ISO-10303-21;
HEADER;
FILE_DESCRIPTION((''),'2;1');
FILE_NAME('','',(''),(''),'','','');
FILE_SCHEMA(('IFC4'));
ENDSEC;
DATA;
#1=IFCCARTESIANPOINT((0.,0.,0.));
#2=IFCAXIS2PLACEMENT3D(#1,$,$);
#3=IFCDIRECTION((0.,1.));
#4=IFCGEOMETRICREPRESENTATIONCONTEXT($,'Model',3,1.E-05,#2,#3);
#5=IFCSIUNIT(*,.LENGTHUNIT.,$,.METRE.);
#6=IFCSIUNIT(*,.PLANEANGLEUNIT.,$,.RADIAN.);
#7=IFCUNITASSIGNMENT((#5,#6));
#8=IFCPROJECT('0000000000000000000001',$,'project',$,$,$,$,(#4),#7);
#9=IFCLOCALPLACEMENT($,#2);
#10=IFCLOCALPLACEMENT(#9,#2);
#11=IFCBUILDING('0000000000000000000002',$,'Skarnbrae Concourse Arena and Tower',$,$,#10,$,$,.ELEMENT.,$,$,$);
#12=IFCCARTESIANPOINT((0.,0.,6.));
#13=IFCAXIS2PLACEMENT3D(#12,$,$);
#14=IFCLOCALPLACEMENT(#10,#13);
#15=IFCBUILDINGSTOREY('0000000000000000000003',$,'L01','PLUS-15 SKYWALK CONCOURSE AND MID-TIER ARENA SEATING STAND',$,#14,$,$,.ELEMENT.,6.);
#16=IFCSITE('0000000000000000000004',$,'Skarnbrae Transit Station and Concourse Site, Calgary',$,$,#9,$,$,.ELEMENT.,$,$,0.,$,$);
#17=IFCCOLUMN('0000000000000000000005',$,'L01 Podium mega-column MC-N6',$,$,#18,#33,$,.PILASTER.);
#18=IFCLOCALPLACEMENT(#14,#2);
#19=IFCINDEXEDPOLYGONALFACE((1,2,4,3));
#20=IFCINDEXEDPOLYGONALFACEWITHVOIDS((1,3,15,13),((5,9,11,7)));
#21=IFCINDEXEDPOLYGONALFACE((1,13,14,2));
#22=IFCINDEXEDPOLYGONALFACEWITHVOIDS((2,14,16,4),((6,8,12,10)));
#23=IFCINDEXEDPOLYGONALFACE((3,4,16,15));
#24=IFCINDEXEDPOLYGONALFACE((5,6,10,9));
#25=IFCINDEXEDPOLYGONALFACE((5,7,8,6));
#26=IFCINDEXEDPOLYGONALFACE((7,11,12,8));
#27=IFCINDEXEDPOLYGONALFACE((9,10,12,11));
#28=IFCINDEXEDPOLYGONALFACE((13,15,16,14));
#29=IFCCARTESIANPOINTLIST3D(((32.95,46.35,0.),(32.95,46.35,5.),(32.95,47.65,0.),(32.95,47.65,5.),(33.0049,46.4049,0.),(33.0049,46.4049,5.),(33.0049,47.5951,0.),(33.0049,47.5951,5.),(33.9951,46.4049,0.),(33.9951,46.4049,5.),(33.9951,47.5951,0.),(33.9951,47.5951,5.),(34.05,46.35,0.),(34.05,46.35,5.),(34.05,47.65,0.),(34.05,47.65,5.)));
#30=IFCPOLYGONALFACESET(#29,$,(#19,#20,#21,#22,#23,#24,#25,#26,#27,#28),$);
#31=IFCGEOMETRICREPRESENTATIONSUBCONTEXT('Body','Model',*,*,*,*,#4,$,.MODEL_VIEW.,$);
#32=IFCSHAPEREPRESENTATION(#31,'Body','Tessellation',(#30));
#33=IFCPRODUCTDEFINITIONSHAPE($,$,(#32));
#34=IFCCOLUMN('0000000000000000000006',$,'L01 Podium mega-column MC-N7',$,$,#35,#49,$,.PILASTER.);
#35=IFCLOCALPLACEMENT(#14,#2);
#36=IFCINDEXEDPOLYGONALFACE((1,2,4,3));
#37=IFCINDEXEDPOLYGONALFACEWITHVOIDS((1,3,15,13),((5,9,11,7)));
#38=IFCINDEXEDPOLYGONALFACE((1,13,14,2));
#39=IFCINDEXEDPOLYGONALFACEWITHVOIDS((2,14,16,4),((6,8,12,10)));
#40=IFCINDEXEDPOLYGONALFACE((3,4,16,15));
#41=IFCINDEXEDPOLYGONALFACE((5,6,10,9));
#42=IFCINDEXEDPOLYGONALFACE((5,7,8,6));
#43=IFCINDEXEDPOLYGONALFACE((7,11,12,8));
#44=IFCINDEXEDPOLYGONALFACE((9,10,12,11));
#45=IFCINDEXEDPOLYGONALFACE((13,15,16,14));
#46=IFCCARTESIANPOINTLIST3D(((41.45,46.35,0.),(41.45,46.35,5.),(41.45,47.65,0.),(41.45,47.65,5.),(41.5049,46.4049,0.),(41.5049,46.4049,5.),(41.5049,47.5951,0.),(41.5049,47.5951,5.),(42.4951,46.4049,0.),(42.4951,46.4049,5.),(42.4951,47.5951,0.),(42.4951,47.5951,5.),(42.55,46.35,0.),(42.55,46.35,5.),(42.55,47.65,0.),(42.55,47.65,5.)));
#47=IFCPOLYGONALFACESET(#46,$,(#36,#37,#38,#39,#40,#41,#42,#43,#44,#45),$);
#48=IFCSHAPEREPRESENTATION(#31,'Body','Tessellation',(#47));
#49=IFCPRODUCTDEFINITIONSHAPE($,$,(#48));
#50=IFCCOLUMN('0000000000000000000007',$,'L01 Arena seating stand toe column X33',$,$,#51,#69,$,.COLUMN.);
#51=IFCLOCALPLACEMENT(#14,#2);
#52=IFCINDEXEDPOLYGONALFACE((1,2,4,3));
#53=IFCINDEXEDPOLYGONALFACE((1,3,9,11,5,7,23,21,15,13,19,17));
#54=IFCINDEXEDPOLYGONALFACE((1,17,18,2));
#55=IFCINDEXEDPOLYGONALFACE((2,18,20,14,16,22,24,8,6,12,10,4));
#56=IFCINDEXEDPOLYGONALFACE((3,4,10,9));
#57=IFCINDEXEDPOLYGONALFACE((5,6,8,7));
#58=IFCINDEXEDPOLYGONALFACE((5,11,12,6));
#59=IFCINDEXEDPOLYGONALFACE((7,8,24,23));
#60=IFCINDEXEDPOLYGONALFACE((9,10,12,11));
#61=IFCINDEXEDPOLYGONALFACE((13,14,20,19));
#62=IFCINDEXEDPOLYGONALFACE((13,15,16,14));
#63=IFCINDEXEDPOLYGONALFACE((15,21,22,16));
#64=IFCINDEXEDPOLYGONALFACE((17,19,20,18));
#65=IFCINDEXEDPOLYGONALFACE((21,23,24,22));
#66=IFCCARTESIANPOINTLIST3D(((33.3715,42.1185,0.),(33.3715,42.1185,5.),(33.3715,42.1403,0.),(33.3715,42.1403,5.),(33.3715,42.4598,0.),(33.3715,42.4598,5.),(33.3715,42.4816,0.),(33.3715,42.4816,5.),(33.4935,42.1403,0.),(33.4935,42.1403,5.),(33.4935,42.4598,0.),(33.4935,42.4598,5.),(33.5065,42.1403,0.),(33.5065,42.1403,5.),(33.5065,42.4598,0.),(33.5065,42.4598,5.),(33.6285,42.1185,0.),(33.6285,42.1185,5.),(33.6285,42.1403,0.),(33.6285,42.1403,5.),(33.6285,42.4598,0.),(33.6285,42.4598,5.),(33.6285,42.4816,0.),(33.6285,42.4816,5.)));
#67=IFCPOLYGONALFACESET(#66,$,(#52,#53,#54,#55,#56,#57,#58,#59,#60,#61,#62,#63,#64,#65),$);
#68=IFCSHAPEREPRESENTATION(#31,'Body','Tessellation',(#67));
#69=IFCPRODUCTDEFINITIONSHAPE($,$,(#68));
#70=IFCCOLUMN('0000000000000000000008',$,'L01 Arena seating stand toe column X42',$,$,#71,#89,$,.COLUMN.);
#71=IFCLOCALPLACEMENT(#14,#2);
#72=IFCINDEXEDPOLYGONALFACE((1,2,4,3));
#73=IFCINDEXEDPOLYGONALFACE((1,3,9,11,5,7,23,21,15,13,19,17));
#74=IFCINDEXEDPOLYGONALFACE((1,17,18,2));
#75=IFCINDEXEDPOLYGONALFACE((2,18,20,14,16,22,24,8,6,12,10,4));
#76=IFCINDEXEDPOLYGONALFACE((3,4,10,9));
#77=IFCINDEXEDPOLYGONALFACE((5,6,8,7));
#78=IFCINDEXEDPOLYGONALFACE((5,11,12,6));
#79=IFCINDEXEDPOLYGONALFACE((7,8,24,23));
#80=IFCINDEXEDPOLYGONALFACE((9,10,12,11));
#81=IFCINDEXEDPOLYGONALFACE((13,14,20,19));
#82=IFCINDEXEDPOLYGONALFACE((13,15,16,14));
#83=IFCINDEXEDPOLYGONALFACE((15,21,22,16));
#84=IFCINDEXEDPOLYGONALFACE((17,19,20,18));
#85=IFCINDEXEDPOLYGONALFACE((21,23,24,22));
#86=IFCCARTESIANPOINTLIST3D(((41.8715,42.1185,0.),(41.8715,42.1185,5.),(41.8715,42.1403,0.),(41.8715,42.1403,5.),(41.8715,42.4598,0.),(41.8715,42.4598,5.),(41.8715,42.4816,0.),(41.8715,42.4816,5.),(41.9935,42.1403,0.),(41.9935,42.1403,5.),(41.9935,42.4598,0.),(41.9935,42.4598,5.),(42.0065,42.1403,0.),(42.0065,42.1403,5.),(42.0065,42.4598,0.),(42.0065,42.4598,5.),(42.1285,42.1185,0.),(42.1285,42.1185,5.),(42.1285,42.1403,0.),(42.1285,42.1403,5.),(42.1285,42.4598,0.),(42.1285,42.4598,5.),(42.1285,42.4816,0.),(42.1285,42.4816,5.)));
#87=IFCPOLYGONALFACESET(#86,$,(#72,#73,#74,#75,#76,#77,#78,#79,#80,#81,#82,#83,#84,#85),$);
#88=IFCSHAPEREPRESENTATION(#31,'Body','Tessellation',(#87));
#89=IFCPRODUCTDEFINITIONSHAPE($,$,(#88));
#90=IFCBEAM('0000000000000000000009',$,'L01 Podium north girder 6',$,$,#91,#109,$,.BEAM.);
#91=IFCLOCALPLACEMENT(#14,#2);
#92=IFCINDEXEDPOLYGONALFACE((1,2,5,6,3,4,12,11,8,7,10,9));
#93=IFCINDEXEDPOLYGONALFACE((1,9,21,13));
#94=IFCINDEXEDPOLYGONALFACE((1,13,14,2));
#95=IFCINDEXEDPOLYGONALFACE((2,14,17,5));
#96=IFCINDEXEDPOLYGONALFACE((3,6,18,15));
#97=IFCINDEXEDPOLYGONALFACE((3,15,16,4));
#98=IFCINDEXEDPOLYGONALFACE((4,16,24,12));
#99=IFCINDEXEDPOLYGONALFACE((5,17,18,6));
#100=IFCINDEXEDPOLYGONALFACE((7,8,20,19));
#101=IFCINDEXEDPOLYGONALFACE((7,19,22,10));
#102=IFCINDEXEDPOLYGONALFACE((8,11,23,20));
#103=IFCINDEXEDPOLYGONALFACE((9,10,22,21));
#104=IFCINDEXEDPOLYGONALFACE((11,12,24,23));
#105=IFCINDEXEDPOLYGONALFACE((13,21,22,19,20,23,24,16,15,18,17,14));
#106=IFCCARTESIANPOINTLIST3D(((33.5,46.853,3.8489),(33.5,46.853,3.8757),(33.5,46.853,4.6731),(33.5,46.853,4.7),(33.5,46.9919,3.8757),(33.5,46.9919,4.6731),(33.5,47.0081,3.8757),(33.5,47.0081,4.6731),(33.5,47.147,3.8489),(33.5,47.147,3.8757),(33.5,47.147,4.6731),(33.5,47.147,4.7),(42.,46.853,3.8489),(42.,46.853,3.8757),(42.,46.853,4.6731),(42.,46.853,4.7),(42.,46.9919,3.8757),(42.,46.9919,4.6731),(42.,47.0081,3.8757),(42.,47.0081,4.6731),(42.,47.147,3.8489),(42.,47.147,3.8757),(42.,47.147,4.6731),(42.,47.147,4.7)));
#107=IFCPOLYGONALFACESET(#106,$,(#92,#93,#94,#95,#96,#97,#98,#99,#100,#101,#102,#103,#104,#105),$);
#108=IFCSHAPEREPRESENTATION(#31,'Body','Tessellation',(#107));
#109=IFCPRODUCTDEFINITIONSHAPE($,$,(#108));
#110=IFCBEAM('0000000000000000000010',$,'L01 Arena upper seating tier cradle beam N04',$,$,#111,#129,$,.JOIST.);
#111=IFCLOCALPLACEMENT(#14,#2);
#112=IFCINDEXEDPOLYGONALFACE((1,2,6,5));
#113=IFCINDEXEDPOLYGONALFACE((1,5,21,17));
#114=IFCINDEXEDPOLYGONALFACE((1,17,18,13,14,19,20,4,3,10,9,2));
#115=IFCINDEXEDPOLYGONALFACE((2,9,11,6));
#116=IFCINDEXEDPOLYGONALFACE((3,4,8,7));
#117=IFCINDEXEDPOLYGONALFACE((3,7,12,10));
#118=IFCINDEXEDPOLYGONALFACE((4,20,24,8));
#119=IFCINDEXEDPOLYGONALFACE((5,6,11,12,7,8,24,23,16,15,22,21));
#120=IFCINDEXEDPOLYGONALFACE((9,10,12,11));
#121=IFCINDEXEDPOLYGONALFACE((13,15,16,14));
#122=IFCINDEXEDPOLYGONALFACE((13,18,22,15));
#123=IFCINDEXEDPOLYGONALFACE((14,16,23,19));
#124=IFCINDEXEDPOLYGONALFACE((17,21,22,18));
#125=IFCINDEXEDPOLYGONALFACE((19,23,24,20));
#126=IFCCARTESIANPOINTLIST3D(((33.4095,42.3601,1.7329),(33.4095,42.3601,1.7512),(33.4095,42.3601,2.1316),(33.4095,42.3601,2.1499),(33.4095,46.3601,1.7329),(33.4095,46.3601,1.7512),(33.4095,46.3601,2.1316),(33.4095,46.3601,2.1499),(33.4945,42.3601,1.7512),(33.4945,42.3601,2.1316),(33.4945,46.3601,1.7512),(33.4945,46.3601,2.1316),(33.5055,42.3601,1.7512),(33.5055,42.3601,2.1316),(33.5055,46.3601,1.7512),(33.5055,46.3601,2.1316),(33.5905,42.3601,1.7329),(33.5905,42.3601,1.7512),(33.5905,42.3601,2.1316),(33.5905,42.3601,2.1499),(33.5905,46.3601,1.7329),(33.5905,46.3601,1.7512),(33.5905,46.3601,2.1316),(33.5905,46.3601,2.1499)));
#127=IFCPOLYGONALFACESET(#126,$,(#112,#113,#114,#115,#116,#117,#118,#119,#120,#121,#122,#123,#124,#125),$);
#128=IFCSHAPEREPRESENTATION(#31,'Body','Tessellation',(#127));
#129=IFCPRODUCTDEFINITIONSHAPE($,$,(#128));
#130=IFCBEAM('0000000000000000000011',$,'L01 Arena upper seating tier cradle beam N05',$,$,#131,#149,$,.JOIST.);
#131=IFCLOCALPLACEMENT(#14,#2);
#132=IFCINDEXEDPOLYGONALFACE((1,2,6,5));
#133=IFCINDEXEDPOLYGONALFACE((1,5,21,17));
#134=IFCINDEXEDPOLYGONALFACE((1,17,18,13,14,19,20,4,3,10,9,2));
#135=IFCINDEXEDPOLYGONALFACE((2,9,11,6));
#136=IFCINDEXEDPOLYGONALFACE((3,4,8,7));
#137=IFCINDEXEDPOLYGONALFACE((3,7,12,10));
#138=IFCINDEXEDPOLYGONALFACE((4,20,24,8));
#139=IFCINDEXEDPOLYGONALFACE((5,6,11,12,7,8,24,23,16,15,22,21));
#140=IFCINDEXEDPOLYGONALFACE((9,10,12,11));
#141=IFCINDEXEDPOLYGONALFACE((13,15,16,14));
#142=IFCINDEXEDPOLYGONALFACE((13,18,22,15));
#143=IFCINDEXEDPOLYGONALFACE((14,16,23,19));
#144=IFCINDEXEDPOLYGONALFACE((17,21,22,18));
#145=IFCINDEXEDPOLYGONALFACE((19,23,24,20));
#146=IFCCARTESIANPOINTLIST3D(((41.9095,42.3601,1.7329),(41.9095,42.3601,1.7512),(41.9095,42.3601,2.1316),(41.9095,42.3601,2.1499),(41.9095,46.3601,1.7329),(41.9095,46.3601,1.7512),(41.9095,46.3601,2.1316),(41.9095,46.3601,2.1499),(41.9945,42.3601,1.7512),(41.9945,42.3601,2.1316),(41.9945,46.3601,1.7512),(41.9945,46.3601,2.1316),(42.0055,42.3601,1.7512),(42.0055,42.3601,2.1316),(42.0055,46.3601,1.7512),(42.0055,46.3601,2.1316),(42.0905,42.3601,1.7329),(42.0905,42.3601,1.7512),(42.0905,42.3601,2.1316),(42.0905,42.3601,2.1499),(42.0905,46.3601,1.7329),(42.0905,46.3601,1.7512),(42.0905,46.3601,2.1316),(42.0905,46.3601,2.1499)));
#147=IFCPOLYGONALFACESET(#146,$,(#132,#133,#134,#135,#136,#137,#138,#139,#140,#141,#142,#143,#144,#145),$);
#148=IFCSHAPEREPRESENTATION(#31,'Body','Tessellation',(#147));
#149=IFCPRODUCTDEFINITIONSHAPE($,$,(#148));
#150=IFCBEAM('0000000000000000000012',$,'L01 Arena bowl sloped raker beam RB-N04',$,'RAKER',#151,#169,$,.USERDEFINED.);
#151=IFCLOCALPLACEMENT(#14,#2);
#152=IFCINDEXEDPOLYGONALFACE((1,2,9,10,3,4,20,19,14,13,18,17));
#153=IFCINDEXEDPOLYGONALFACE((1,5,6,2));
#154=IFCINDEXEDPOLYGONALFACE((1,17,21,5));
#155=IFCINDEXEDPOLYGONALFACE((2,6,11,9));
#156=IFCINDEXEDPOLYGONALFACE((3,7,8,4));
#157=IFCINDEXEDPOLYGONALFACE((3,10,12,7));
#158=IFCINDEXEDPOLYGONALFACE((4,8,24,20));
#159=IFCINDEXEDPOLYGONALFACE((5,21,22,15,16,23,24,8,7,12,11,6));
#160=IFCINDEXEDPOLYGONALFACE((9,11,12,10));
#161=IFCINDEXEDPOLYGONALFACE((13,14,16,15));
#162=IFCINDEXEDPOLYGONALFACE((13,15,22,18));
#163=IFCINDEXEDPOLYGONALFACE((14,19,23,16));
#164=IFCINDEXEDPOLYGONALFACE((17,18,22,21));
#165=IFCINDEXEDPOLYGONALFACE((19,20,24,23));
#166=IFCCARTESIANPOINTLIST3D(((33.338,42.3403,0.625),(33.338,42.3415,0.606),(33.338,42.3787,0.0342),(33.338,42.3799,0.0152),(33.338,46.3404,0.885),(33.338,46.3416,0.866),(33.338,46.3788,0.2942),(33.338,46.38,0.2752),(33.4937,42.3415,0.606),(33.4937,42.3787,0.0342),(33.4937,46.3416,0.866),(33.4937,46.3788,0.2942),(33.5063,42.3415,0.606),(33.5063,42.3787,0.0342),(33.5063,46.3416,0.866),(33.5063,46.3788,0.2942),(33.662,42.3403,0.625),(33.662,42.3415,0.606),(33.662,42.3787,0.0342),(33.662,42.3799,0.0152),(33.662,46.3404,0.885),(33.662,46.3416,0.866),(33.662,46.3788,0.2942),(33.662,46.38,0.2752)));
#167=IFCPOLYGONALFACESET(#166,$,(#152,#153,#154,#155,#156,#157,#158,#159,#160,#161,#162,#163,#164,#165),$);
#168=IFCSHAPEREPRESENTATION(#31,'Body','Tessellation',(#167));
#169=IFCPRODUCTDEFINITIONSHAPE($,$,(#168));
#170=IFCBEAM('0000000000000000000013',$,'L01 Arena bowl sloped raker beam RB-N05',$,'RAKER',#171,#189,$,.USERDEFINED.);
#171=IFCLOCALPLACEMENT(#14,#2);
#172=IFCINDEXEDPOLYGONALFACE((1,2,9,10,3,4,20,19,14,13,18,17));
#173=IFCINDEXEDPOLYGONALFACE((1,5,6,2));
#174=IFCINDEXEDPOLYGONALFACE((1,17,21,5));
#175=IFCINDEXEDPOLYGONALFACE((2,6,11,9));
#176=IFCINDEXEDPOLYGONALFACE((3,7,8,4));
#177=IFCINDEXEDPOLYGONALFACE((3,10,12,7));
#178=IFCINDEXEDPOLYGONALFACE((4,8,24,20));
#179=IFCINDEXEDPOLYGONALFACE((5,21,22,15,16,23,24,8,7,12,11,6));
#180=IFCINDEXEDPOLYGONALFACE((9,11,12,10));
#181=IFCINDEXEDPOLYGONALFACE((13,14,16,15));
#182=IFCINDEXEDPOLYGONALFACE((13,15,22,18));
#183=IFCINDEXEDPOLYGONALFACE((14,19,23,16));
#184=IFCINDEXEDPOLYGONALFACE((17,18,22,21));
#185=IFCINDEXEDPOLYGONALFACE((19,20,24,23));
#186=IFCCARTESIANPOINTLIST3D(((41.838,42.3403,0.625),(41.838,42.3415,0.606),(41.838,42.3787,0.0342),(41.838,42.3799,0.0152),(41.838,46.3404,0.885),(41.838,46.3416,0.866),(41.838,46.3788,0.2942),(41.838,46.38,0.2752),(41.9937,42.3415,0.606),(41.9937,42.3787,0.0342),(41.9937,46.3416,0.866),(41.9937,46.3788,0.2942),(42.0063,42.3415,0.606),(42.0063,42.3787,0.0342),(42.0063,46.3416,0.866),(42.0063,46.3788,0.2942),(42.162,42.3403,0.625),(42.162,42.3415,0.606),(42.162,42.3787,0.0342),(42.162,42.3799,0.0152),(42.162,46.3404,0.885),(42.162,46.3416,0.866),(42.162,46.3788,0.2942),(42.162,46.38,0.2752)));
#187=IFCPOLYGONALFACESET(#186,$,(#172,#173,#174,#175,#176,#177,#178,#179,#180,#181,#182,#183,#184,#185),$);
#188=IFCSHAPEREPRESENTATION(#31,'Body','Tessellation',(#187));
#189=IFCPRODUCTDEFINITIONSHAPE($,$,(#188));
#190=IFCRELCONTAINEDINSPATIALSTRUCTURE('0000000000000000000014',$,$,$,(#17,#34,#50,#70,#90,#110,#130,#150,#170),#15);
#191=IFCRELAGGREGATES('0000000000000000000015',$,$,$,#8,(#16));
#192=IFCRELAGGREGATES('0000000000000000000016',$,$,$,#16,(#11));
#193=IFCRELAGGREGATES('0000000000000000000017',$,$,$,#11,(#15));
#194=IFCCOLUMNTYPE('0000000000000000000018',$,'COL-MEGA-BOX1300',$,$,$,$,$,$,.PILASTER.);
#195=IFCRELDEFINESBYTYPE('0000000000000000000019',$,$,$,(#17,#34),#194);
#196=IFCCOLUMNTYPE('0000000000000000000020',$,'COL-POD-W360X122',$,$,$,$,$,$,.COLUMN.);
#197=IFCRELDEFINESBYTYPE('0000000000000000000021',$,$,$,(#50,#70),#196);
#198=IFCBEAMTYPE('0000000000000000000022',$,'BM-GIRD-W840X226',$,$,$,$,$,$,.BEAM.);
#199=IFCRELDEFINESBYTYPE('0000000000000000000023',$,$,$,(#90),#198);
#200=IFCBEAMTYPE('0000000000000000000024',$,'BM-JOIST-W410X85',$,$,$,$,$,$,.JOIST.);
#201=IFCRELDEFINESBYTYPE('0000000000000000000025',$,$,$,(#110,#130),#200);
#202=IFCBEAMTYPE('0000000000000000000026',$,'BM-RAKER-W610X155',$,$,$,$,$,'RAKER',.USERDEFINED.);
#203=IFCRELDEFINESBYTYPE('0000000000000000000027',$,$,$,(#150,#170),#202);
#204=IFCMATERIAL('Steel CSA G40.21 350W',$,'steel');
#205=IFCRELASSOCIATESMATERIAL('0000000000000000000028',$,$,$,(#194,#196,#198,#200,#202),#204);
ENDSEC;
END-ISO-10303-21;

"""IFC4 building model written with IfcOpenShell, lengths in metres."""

from ifc_helpers import new_model, si_unit, direction, frame, origin, origin_2d, place, context, subcontext, project, spatial, hollow_rectangle, i_section, extrude, source, transform, mapped, material, material_profile, profile_set, type_object, element, save


model = new_model("IFC4")

# Units and contexts
model_context = context("Model", 3, precision=1e-05, world=origin(), true_north=direction((0.0, 1.0)))
body_context = subcontext(model_context, "Body", "Model", "MODEL_VIEW")
ifc_project = project(units=[si_unit("LENGTHUNIT", "METRE"), si_unit("PLANEANGLEUNIT", "RADIAN")], contexts=[model_context])

# Site, building, storey
site_placement = place(None, origin())
site = spatial("IfcSite", under=ifc_project, at=site_placement, Name="Skarnbrae Transit Station and Concourse Site, Calgary", CompositionType="ELEMENT", RefElevation=0.0)
building_placement = place(site_placement, origin())
building = spatial("IfcBuilding", under=site, at=building_placement, Name="Skarnbrae Concourse Arena and Tower", CompositionType="ELEMENT")
storey_placement = place(building_placement, frame((0.0, 0.0, 6.0)))
storey = spatial("IfcBuildingStorey", under=building, at=storey_placement, Name="L01", Description="PLUS-15 SKYWALK CONCOURSE AND MID-TIER ARENA SEATING STAND", CompositionType="ELEMENT", Elevation=6.0)

# Columns
ifc_material_1 = material(Name="Steel CSA G40.21 350W", Category="steel")
ifc_material_profile_1 = material_profile(ifc_material_1, hollow_rectangle(XDim=1.1001, YDim=1.3, WallThickness=0.0549, at=origin_2d()), Name="BOX1300X1100X55")
ifc_profile_set_1 = profile_set([ifc_material_profile_1], Name="Steel CSA G40.21 350W")
column_type_1 = type_object("IfcColumnType", Name="COL-MEGA-BOX1300", PredefinedType="PILASTER", material=ifc_profile_set_1)
shared_shape_1 = source(origin(), body_context, "Body", "SweptSolid", [
    extrude(hollow_rectangle(XDim=1.1001, YDim=1.3, WallThickness=0.0549, at=origin_2d()), origin(), (0.0, 0.0, 1.0), 5.0),
])
for number, where, z_axis, x_axis, name in (
    (1, (33.5, 47.0, 0.0), (0.0, 0.0, 1.0), (1.0, 0.0, 0.0), "L01 Podium mega-column MC-N6"),
    (2, (42.0, 47.0, 0.0), (0.0, 0.0, 1.0), (1.0, 0.0, 0.0), "L01 Podium mega-column MC-N7"),
):
    element("IfcColumn", number, at=place(storey_placement, frame(where, z_axis=z_axis, x_axis=x_axis)), inside=storey, type_object=column_type_1, Name=name, PredefinedType="PILASTER", context=body_context, shape_type="MappedRepresentation", body=[
        mapped(shared_shape_1, transform((0.0, 0.0, 0.0))),
    ])
ifc_material_profile_2 = material_profile(ifc_material_1, i_section(OverallWidth=0.2571, OverallDepth=0.363, WebThickness=0.0129, FlangeThickness=0.0217, at=origin_2d()), Name="W360X122")
ifc_profile_set_2 = profile_set([ifc_material_profile_2], Name="Steel CSA G40.21 350W")
column_type_2 = type_object("IfcColumnType", Name="COL-POD-W360X122", PredefinedType="COLUMN", material=ifc_profile_set_2)
shared_shape_2 = source(origin(), body_context, "Body", "SweptSolid", [
    extrude(i_section(OverallWidth=0.2571, OverallDepth=0.363, WebThickness=0.0129, FlangeThickness=0.0217, at=origin_2d()), origin(), (0.0, 0.0, 1.0), 5.0),
])
for number, where, z_axis, x_axis, name in (
    (3, (33.5, 42.3, 0.0), (0.0, 0.0, 1.0), (1.0, 0.0, 0.0), "L01 Arena seating stand toe column X33"),
    (4, (42.0, 42.3, 0.0), (0.0, 0.0, 1.0), (1.0, 0.0, 0.0), "L01 Arena seating stand toe column X42"),
):
    element("IfcColumn", number, at=place(storey_placement, frame(where, z_axis=z_axis, x_axis=x_axis)), inside=storey, type_object=column_type_2, Name=name, PredefinedType="COLUMN", context=body_context, shape_type="MappedRepresentation", body=[
        mapped(shared_shape_2, transform((0.0, 0.0, 0.0))),
    ])

# Beams
ifc_material_profile_3 = material_profile(ifc_material_1, i_section(OverallWidth=0.2939, OverallDepth=0.8511, WebThickness=0.0161, FlangeThickness=0.0269, at=origin_2d()), Name="W840X226")
ifc_profile_set_3 = profile_set([ifc_material_profile_3], Name="Steel CSA G40.21 350W")
beam_type_1 = type_object("IfcBeamType", Name="BM-GIRD-W840X226", PredefinedType="BEAM", material=ifc_profile_set_3)
shared_shape_3 = source(origin(), body_context, "Body", "SweptSolid", [
    extrude(i_section(OverallWidth=0.2939, OverallDepth=0.8511, WebThickness=0.0161, FlangeThickness=0.0269, at=origin_2d()), origin(), (0.0, 0.0, 1.0), 8.5),
])
beam_placement = place(storey_placement, frame((33.5, 47.0, 4.2744), z_axis=(1.0, 0.0, 0.0), x_axis=(0.0, 1.0, 0.0)))
element("IfcBeam", 5, at=beam_placement, inside=storey, type_object=beam_type_1, Name="L01 Podium north girder 6", PredefinedType="BEAM", context=body_context, shape_type="MappedRepresentation", body=[
    mapped(shared_shape_3, transform((0.0, 0.0, 0.0))),
])
ifc_material_profile_4 = material_profile(ifc_material_1, i_section(OverallWidth=0.1809, OverallDepth=0.417, WebThickness=0.011, FlangeThickness=0.0183, at=origin_2d()), Name="W410X85")
ifc_profile_set_4 = profile_set([ifc_material_profile_4], Name="Steel CSA G40.21 350W")
beam_type_2 = type_object("IfcBeamType", Name="BM-JOIST-W410X85", PredefinedType="JOIST", material=ifc_profile_set_4)
shared_shape_4 = source(origin(), body_context, "Body", "SweptSolid", [
    extrude(i_section(OverallWidth=0.1809, OverallDepth=0.417, WebThickness=0.011, FlangeThickness=0.0183, at=origin_2d()), origin(), (0.0, 0.0, 1.0), 4.0),
])
for number, where, z_axis, x_axis, name in (
    (6, (33.5, 42.3601, 1.9414), (0.0, 1.0, 0.0), (-1.0, 0.0, 0.0), "L01 Arena upper seating tier cradle beam N04"),
    (7, (42.0, 42.3601, 1.9414), (0.0, 1.0, 0.0), (-1.0, 0.0, 0.0), "L01 Arena upper seating tier cradle beam N05"),
):
    element("IfcBeam", number, at=place(storey_placement, frame(where, z_axis=z_axis, x_axis=x_axis)), inside=storey, type_object=beam_type_2, Name=name, PredefinedType="JOIST", context=body_context, shape_type="MappedRepresentation", body=[
        mapped(shared_shape_4, transform((0.0, 0.0, 0.0))),
    ])
ifc_material_profile_5 = material_profile(ifc_material_1, i_section(OverallWidth=0.324, OverallDepth=0.6111, WebThickness=0.0127, FlangeThickness=0.019, at=origin_2d()), Name="W610X155")
ifc_profile_set_5 = profile_set([ifc_material_profile_5], Name="Steel CSA G40.21 350W")
beam_type_3 = type_object("IfcBeamType", Name="BM-RAKER-W610X155", ElementType="RAKER", PredefinedType="USERDEFINED", material=ifc_profile_set_5)
shared_shape_5 = source(origin(), body_context, "Body", "SweptSolid", [
    extrude(i_section(OverallWidth=0.324, OverallDepth=0.6111, WebThickness=0.0127, FlangeThickness=0.019, at=origin_2d()), origin(), (0.0, 0.0, 1.0), 4.0085),
])
for number, where, z_axis, x_axis, name in (
    (8, (33.5, 42.3601, 0.3201), (0.0, 0.997894, 0.064866), (-1.0, 0.0, 0.0), "L01 Arena bowl sloped raker beam RB-N04"),
    (9, (42.0, 42.3601, 0.3201), (0.0, 0.997894, 0.064866), (-1.0, 0.0, 0.0), "L01 Arena bowl sloped raker beam RB-N05"),
):
    element("IfcBeam", number, at=place(storey_placement, frame(where, z_axis=z_axis, x_axis=x_axis)), inside=storey, type_object=beam_type_3, Name=name, ObjectType="RAKER", PredefinedType="USERDEFINED", context=body_context, shape_type="MappedRepresentation", body=[
        mapped(shared_shape_5, transform((0.0, 0.0, 0.0))),
    ])

save(model, "model.ifc")
